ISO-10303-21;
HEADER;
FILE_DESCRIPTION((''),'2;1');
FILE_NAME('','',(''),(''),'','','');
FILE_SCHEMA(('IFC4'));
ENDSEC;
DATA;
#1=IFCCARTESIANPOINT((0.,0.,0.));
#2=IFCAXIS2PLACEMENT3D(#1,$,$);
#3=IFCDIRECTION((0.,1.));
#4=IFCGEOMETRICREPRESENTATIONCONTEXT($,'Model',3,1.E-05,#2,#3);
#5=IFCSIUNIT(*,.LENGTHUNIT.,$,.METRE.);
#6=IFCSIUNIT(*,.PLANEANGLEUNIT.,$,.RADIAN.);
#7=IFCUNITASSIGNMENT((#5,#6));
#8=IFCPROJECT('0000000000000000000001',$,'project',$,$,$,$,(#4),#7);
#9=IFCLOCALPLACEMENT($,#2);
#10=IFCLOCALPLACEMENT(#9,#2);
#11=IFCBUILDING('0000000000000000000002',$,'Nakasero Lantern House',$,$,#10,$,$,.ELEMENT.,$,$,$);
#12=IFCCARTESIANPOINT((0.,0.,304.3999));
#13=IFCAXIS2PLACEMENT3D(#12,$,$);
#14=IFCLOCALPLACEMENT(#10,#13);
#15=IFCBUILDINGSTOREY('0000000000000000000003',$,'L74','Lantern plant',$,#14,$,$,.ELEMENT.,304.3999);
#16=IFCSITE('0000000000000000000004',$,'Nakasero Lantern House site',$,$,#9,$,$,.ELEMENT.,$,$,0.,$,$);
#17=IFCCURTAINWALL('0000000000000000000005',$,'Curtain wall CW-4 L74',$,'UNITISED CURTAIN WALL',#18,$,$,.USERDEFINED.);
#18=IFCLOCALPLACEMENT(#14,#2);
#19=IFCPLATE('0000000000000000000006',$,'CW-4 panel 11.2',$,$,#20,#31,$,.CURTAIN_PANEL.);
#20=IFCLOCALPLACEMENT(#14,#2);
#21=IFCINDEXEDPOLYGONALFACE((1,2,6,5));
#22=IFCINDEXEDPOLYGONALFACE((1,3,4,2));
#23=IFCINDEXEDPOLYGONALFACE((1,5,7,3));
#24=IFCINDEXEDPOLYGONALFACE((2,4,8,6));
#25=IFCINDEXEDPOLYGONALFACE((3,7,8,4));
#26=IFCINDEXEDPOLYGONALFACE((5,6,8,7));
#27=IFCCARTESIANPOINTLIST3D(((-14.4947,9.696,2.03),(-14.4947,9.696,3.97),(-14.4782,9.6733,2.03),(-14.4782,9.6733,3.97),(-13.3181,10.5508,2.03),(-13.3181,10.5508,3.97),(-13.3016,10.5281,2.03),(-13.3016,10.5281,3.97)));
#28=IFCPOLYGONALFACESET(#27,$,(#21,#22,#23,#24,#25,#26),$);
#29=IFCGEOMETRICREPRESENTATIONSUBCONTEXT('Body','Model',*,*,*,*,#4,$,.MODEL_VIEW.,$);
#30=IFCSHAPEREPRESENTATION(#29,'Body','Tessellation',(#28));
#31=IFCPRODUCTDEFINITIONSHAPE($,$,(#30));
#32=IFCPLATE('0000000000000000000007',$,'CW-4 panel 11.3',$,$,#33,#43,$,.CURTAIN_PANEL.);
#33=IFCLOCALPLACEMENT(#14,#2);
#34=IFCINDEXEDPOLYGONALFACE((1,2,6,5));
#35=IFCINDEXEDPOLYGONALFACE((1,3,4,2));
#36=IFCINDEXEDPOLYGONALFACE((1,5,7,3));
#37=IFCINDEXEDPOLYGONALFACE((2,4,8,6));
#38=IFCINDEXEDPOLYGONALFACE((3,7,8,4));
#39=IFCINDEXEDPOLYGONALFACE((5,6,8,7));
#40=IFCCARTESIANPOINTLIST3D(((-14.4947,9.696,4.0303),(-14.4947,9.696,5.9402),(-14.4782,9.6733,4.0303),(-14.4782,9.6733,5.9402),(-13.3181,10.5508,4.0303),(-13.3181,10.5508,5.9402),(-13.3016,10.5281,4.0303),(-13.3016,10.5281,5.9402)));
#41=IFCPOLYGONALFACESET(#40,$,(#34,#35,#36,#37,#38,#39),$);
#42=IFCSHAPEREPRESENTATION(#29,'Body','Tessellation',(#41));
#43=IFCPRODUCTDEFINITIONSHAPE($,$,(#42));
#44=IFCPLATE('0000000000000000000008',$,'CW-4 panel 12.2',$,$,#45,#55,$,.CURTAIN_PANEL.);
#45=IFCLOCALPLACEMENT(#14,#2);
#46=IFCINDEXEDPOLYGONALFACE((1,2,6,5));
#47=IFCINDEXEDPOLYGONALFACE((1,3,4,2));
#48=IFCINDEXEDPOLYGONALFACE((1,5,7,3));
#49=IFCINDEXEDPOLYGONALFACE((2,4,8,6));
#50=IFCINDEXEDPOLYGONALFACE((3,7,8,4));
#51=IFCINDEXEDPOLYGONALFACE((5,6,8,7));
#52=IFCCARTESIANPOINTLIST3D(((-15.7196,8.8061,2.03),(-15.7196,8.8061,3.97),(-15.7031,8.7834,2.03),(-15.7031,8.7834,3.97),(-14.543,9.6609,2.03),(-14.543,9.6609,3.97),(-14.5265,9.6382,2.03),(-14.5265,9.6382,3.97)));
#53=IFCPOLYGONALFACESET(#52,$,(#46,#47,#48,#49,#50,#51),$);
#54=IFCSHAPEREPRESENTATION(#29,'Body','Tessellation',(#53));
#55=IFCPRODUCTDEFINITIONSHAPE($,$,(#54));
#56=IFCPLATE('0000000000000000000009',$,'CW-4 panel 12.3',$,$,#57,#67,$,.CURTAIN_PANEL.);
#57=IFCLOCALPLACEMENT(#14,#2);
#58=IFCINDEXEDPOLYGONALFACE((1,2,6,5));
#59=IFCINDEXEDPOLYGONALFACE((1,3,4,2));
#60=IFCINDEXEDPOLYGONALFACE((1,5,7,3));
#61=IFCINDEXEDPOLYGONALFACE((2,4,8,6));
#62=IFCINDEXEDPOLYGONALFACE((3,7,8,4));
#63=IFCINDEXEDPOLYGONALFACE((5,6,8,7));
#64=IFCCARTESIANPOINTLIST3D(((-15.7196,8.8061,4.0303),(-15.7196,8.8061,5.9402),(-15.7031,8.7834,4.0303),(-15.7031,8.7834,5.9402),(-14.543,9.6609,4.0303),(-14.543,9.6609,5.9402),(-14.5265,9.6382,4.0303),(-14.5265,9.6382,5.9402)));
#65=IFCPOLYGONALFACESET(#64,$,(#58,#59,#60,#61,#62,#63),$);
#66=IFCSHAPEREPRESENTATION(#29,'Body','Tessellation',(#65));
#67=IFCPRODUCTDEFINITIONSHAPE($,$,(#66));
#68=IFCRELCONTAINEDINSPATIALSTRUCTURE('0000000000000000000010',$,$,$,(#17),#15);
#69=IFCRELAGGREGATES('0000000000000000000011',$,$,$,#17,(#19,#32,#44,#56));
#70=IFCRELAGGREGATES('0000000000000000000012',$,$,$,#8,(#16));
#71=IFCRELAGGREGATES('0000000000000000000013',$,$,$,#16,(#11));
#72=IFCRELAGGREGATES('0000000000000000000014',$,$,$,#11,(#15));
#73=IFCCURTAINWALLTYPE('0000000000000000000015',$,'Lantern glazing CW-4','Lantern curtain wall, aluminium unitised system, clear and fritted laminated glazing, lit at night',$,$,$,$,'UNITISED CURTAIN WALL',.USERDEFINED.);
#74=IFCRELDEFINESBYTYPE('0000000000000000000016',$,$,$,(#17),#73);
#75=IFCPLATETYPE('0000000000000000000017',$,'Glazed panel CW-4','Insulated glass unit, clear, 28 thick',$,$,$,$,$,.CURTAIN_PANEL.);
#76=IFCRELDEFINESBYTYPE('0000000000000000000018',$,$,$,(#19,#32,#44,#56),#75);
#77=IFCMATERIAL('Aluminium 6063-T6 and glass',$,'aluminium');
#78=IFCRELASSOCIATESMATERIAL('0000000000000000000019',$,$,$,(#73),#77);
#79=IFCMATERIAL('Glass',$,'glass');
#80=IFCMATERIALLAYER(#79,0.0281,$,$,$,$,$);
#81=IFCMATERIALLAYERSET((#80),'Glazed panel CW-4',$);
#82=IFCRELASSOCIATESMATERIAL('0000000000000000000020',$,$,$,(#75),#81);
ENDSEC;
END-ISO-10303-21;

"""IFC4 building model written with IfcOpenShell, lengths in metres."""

from ifc_helpers import new_model, si_unit, direction, frame, origin, origin_2d, place, context, subcontext, project, spatial, rectangle, extrude, material, layer, layer_set, type_object, element, aggregate, save


model = new_model("IFC4")

# Units and contexts
model_context = context("Model", 3, precision=1e-05, world=origin(), true_north=direction((0.0, 1.0)))
body_context = subcontext(model_context, "Body", "Model", "MODEL_VIEW")
ifc_project = project(units=[si_unit("LENGTHUNIT", "METRE"), si_unit("PLANEANGLEUNIT", "RADIAN")], contexts=[model_context])

# Site, building, storey
site_placement = place(None, origin())
site = spatial("IfcSite", under=ifc_project, at=site_placement, Name="Nakasero Lantern House site", CompositionType="ELEMENT", RefElevation=0.0)
building_placement = place(site_placement, origin())
building = spatial("IfcBuilding", under=site, at=building_placement, Name="Nakasero Lantern House", CompositionType="ELEMENT")
storey_placement = place(building_placement, frame((0.0, 0.0, 304.3999)))
storey = spatial("IfcBuildingStorey", under=building, at=storey_placement, Name="L74", Description="Lantern plant", CompositionType="ELEMENT", Elevation=304.3999)

# Curtain wall
ifc_material_1 = material(Name="Aluminium 6063-T6 and glass", Category="aluminium")
curtain_wall_type = type_object("IfcCurtainWallType", Name="Lantern glazing CW-4", Description="Lantern curtain wall, aluminium unitised system, clear and fritted laminated glazing, lit at night", ElementType="UNITISED CURTAIN WALL", PredefinedType="USERDEFINED", material=ifc_material_1)
curtain_wall_placement = place(storey_placement, origin())
curtain_wall = element("IfcCurtainWall", 1, at=curtain_wall_placement, inside=storey, type_object=curtain_wall_type, Name="Curtain wall CW-4 L74", ObjectType="UNITISED CURTAIN WALL", PredefinedType="USERDEFINED")

# Plates
ifc_material_2 = material(Name="Glass", Category="glass")
ifc_layer = layer(ifc_material_2, 0.0281)
ifc_layer_set = layer_set([ifc_layer], Name="Glazed panel CW-4")
plate_type = type_object("IfcPlateType", Name="Glazed panel CW-4", Description="Insulated glass unit, clear, 28 thick", PredefinedType="CURTAIN_PANEL", material=ifc_layer_set)
plate_1_placement = place(storey_placement, frame((-13.8982, 10.1121, 2.03), z_axis=(0.0, 0.0, 1.0), x_axis=(-0.809017, -0.587785, 0.0)))
plate_1 = element("IfcPlate", 2, at=plate_1_placement, type_object=plate_type, Name="CW-4 panel 11.2", PredefinedType="CURTAIN_PANEL", context=body_context, shape_type="SweptSolid", body=[
    extrude(rectangle(XDim=1.4543, YDim=0.0281, at=origin_2d()), origin(), (0.0, 0.0, 1.0), 1.9399),
])
plate_2_placement = place(storey_placement, frame((-13.8982, 10.1121, 4.0303), z_axis=(0.0, 0.0, 1.0), x_axis=(-0.809017, -0.587785, 0.0)))
plate_2 = element("IfcPlate", 3, at=plate_2_placement, type_object=plate_type, Name="CW-4 panel 11.3", PredefinedType="CURTAIN_PANEL", context=body_context, shape_type="SweptSolid", body=[
    extrude(rectangle(XDim=1.4543, YDim=0.0281, at=origin_2d()), origin(), (0.0, 0.0, 1.0), 1.9099),
])
plate_3_placement = place(storey_placement, frame((-15.123, 9.2222, 2.03), z_axis=(0.0, 0.0, 1.0), x_axis=(-0.809017, -0.587785, 0.0)))
plate_3 = element("IfcPlate", 4, at=plate_3_placement, type_object=plate_type, Name="CW-4 panel 12.2", PredefinedType="CURTAIN_PANEL", context=body_context, shape_type="SweptSolid", body=[
    extrude(rectangle(XDim=1.4543, YDim=0.0281, at=origin_2d()), origin(), (0.0, 0.0, 1.0), 1.9399),
])
plate_4_placement = place(storey_placement, frame((-15.123, 9.2222, 4.0303), z_axis=(0.0, 0.0, 1.0), x_axis=(-0.809017, -0.587785, 0.0)))
plate_4 = element("IfcPlate", 5, at=plate_4_placement, type_object=plate_type, Name="CW-4 panel 12.3", PredefinedType="CURTAIN_PANEL", context=body_context, shape_type="SweptSolid", body=[
    extrude(rectangle(XDim=1.4543, YDim=0.0281, at=origin_2d()), origin(), (0.0, 0.0, 1.0), 1.9099),
])
aggregate(curtain_wall, [plate_1, plate_2, plate_3, plate_4])

save(model, "model.ifc")
